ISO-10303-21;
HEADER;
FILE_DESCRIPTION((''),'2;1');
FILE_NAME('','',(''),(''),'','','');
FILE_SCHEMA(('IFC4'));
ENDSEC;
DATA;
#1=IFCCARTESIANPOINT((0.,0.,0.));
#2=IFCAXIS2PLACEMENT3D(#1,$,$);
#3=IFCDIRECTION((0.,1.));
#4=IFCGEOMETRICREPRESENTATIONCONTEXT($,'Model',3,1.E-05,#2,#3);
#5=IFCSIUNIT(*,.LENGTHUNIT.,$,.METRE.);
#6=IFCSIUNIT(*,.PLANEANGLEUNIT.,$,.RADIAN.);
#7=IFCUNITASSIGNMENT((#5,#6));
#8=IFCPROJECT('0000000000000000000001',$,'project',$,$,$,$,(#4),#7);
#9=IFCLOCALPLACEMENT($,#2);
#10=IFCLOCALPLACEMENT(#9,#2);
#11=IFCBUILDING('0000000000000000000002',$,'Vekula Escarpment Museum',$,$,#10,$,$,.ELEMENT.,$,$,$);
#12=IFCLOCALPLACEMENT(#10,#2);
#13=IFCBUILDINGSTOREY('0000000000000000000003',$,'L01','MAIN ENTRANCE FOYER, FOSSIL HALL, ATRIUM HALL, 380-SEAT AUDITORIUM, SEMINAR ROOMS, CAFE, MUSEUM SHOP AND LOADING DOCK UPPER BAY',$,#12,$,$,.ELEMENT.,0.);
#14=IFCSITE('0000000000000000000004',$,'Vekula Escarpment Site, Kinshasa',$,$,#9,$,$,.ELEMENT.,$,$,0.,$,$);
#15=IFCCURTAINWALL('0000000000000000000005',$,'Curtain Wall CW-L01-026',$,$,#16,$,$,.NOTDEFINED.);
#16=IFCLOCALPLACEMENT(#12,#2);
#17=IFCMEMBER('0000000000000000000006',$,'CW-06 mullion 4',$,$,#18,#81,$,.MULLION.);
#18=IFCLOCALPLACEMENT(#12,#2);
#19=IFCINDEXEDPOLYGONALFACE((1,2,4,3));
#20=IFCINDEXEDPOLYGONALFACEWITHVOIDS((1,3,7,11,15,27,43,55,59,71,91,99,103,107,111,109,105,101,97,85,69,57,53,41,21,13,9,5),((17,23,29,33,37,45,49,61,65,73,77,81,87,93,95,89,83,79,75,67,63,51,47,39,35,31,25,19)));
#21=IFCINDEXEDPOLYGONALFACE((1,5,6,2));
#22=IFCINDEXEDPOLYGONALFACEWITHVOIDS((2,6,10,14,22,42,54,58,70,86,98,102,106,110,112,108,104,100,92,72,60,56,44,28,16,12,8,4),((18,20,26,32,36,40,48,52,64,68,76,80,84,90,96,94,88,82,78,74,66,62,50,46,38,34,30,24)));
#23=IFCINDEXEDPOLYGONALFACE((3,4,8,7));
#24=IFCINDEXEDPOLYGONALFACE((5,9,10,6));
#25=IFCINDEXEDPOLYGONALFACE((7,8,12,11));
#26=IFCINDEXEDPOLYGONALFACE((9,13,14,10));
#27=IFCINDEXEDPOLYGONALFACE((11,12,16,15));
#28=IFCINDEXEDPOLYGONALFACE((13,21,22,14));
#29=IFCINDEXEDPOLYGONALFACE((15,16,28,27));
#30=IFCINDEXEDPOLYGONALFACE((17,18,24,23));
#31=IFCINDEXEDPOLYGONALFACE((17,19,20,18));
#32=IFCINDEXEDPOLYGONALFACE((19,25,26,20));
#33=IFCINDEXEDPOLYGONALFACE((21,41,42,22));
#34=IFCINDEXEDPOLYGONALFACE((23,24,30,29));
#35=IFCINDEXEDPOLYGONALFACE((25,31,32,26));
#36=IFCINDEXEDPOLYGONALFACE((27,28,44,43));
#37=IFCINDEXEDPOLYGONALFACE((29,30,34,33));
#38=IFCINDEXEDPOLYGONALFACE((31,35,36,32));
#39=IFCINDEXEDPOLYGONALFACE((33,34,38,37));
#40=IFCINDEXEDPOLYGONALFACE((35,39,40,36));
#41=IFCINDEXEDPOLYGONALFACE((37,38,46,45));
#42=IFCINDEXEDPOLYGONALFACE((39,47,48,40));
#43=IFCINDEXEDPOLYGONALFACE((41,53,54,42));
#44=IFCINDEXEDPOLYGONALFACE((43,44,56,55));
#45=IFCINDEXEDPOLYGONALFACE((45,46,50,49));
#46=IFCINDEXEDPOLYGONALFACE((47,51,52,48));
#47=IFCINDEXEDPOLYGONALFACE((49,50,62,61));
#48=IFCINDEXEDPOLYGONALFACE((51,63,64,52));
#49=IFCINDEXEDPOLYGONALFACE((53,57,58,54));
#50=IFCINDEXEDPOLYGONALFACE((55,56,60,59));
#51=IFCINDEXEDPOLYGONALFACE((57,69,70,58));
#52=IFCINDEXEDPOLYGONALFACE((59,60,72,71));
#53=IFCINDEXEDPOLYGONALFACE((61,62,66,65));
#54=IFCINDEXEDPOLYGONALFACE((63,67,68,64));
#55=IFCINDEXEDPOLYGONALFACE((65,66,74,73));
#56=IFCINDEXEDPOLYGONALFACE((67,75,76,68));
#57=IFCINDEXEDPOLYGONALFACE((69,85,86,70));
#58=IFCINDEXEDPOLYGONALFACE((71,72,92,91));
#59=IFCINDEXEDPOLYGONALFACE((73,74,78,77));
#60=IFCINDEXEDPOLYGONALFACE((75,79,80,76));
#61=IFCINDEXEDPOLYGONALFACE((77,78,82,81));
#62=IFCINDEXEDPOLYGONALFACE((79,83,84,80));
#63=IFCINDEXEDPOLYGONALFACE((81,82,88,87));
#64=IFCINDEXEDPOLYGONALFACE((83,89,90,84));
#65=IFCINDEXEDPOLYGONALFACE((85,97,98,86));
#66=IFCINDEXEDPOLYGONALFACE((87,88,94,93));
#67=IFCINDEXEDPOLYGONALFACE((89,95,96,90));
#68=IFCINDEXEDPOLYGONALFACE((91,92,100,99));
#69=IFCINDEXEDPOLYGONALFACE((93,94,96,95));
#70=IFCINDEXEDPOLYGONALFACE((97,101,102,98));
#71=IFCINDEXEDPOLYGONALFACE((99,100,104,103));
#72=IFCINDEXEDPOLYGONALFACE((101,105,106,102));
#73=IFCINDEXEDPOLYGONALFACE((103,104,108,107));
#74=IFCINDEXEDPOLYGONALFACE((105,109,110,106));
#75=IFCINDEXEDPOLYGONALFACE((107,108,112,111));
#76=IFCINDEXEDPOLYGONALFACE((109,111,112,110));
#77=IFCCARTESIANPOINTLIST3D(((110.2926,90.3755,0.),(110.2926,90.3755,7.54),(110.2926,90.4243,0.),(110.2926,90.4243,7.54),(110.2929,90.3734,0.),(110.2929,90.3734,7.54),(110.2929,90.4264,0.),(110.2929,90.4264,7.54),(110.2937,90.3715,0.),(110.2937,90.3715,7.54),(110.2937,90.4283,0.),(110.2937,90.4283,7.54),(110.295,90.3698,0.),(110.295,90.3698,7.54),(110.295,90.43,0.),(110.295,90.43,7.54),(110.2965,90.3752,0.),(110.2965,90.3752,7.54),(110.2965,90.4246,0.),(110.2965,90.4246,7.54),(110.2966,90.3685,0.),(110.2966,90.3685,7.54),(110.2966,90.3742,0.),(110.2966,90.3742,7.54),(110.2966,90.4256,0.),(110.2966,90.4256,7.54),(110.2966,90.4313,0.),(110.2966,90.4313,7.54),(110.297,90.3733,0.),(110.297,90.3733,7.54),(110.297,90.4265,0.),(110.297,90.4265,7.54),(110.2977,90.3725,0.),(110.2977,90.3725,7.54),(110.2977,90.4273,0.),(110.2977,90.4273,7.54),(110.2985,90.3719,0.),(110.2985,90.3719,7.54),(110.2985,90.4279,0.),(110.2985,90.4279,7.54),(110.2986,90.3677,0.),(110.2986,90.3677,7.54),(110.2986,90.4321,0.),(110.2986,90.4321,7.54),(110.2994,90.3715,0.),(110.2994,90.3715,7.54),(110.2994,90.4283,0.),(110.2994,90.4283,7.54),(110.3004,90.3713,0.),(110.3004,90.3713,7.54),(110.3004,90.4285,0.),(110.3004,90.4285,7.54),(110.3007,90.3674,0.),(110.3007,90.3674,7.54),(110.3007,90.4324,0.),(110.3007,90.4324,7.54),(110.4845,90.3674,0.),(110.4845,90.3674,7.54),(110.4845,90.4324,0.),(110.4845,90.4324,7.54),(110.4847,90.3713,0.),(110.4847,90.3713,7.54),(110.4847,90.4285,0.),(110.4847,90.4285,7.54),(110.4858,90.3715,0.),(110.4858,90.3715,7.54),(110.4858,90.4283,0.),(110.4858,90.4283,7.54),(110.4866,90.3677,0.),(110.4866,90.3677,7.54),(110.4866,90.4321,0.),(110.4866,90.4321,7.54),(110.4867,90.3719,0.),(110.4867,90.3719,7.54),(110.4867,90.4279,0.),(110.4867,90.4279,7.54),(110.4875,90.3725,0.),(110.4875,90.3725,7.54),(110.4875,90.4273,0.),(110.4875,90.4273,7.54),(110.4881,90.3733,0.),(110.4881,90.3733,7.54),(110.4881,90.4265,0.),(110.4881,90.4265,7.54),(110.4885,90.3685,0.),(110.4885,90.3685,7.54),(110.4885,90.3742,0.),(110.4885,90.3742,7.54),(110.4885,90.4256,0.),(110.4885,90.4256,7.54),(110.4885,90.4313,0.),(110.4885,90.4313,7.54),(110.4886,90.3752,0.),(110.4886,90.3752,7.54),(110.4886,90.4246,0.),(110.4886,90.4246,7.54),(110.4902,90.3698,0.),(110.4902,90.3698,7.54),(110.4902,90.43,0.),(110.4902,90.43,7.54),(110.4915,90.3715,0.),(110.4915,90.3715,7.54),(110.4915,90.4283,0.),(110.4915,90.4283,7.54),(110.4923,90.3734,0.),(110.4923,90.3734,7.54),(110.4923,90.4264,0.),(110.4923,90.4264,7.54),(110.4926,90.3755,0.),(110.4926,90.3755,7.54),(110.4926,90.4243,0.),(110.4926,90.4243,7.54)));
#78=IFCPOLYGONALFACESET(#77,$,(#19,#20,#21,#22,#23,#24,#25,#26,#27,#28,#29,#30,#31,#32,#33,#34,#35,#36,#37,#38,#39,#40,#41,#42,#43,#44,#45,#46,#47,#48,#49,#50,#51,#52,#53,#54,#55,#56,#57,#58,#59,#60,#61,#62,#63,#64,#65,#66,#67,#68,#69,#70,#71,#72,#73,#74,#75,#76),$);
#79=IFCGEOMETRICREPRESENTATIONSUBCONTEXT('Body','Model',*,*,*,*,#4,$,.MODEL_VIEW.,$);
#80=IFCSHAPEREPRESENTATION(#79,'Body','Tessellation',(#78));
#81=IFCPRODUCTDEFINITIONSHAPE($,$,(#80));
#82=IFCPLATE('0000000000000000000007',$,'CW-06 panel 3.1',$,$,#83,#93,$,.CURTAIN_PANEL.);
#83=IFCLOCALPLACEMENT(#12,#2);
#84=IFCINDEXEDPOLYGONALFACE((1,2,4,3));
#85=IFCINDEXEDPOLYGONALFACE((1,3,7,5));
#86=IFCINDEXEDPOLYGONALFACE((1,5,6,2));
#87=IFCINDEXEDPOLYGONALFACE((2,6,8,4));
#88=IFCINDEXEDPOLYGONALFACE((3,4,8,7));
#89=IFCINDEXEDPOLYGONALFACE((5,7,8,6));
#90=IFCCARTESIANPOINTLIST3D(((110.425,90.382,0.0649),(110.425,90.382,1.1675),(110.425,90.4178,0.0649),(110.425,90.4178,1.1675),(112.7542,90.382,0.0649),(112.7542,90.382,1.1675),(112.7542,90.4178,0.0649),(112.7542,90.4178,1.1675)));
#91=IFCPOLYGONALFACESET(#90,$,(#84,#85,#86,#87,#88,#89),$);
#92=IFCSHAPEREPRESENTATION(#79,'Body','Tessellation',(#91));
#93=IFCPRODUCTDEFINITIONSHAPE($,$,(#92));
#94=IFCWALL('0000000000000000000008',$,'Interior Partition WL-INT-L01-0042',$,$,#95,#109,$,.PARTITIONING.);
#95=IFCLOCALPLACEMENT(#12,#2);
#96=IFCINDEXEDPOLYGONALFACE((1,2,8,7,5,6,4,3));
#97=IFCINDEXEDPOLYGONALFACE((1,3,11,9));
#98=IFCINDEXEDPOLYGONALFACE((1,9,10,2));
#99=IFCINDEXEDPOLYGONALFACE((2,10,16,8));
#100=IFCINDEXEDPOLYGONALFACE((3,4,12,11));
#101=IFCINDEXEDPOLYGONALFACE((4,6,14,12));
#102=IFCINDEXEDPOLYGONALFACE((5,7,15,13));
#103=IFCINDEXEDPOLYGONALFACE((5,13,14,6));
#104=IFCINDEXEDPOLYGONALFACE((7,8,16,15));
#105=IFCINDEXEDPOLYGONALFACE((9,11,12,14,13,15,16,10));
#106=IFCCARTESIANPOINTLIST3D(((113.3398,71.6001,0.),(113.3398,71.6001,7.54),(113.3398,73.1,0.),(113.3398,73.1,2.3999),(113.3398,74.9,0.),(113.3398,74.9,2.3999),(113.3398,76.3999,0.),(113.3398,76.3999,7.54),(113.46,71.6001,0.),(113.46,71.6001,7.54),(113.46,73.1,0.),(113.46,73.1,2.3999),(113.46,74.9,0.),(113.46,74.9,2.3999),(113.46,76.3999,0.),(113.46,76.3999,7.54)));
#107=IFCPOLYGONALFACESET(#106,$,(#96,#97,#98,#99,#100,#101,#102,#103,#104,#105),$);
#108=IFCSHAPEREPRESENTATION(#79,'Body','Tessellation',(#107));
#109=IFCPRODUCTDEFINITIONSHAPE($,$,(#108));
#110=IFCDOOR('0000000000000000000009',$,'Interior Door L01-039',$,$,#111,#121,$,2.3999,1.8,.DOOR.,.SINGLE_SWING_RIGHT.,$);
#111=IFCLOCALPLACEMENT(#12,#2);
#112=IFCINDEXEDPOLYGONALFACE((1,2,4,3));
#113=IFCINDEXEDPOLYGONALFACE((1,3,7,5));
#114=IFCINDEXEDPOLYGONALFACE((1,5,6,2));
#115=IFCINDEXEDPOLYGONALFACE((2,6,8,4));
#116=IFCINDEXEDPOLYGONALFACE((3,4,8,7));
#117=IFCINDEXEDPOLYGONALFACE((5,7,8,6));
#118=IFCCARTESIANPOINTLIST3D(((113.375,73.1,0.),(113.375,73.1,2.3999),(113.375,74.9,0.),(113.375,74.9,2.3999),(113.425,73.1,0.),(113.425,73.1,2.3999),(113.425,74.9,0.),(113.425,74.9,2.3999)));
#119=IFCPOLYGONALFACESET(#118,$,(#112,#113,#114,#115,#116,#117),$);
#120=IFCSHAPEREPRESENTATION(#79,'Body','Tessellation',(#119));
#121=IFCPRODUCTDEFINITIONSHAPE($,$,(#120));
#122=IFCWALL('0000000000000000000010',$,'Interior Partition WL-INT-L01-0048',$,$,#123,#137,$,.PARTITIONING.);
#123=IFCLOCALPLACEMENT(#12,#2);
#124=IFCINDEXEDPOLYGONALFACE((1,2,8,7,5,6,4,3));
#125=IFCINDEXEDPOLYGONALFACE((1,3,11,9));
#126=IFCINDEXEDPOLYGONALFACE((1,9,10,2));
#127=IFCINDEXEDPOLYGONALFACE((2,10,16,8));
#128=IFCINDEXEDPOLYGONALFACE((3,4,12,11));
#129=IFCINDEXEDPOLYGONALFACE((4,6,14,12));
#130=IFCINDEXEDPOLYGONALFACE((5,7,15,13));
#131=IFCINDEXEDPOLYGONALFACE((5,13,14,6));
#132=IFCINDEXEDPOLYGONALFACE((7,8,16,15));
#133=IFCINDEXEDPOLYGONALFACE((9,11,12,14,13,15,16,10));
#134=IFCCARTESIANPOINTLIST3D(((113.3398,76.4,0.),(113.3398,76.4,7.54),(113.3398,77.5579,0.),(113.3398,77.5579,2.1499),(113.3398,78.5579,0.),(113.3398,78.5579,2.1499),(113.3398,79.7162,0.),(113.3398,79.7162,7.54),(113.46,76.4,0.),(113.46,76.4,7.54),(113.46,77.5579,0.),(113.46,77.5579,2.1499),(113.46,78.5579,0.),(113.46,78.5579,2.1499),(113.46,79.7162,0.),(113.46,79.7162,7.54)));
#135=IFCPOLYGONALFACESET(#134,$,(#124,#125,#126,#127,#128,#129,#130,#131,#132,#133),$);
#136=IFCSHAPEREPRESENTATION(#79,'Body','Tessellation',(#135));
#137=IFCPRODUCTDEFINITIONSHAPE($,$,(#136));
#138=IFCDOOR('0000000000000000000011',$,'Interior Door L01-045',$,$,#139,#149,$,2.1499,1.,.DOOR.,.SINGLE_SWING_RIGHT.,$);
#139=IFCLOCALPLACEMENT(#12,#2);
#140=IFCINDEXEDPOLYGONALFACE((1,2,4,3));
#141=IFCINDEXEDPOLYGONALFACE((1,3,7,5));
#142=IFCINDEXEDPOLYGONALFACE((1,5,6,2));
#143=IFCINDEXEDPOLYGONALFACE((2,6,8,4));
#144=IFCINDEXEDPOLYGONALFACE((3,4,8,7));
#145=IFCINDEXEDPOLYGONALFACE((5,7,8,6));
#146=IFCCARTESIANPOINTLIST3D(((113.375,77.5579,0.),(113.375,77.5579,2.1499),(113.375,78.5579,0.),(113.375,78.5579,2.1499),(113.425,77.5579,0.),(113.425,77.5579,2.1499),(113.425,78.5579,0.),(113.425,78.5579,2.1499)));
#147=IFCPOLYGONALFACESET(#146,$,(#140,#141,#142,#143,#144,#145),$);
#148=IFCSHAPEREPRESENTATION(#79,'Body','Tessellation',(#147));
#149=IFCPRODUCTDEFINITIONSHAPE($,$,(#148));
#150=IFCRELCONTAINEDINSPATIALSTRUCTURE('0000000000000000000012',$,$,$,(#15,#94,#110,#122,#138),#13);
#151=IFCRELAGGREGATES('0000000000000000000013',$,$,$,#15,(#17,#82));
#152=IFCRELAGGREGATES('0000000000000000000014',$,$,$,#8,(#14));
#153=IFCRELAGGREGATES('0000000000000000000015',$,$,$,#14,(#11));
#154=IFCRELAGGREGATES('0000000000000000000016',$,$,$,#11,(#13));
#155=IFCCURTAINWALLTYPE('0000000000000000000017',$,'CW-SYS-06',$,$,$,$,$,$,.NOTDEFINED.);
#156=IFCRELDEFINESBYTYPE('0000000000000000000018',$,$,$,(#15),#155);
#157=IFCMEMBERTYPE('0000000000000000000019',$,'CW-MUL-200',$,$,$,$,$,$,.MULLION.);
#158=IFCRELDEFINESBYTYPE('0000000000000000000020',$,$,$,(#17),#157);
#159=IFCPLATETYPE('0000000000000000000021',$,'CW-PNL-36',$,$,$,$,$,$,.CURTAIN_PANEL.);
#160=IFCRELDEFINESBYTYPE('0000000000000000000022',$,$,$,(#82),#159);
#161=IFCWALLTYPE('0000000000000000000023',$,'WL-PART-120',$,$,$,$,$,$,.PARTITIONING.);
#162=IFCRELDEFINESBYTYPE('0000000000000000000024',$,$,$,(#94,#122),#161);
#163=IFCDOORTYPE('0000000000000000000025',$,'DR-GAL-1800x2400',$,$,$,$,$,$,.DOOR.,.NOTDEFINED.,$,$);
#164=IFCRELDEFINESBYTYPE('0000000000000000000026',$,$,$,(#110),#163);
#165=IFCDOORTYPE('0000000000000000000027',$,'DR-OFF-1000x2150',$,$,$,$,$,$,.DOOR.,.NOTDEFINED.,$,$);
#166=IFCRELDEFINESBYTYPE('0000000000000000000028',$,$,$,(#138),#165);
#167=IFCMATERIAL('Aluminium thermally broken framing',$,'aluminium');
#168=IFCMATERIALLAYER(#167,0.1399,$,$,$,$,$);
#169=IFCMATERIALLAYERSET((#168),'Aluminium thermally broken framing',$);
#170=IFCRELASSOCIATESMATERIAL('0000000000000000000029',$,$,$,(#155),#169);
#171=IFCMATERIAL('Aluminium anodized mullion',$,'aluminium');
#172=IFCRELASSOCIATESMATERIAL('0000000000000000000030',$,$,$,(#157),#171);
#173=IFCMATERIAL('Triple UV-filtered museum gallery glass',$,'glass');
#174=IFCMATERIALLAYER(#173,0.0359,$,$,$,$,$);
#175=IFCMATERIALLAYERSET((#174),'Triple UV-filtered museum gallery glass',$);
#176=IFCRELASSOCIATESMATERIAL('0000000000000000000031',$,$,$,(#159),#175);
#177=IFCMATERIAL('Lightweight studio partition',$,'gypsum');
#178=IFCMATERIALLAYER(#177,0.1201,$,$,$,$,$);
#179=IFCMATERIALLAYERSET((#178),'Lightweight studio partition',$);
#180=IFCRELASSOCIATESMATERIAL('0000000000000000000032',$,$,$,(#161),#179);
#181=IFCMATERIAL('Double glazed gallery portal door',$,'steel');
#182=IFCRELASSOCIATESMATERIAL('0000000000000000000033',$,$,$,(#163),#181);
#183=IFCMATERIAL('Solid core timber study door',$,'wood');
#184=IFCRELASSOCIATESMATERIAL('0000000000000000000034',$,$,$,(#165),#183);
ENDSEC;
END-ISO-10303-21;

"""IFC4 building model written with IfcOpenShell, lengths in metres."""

from ifc_helpers import new_model, si_unit, direction, frame, frame_2d, origin, origin_2d, place, context, subcontext, project, spatial, rectangle, hollow_rectangle, extrude, material, layer, layer_set, material_profile, profile_set, type_object, element, fill, aggregate, save


model = new_model("IFC4")

# Units and contexts
model_context = context("Model", 3, precision=1e-05, world=origin(), true_north=direction((0.0, 1.0)))
body_context = subcontext(model_context, "Body", "Model", "MODEL_VIEW")
ifc_project = project(units=[si_unit("LENGTHUNIT", "METRE"), si_unit("PLANEANGLEUNIT", "RADIAN")], contexts=[model_context])

# Site, building, storey
site_placement = place(None, origin())
site = spatial("IfcSite", under=ifc_project, at=site_placement, Name="Vekula Escarpment Site, Kinshasa", CompositionType="ELEMENT", RefElevation=0.0)
building_placement = place(site_placement, origin())
building = spatial("IfcBuilding", under=site, at=building_placement, Name="Vekula Escarpment Museum", CompositionType="ELEMENT")
storey_placement = place(building_placement, origin())
storey = spatial("IfcBuildingStorey", under=building, at=storey_placement, Name="L01", Description="MAIN ENTRANCE FOYER, FOSSIL HALL, ATRIUM HALL, 380-SEAT AUDITORIUM, SEMINAR ROOMS, CAFE, MUSEUM SHOP AND LOADING DOCK UPPER BAY", CompositionType="ELEMENT", Elevation=0.0)

# Curtain wall, member, plate
ifc_material_1 = material(Name="Aluminium thermally broken framing", Category="aluminium")
ifc_layer_1 = layer(ifc_material_1, 0.1399)
ifc_layer_set_1 = layer_set([ifc_layer_1], Name="Aluminium thermally broken framing")
curtain_wall_type = type_object("IfcCurtainWallType", Name="CW-SYS-06", PredefinedType="NOTDEFINED", material=ifc_layer_set_1)
curtain_wall_placement = place(storey_placement, origin())
curtain_wall = element("IfcCurtainWall", 1, at=curtain_wall_placement, inside=storey, type_object=curtain_wall_type, Name="Curtain Wall CW-L01-026", PredefinedType="NOTDEFINED")
ifc_material_2 = material(Name="Aluminium anodized mullion", Category="aluminium")
ifc_material_profile_1 = material_profile(ifc_material_2, hollow_rectangle(XDim=0.0649, YDim=0.2, WallThickness=0.0039, InnerFilletRadius=0.0039, OuterFilletRadius=0.0081, at=origin_2d()), Name="ALU 200x65x4")
ifc_profile_set_1 = profile_set([ifc_material_profile_1], Name="Aluminium anodized mullion")
member_type = type_object("IfcMemberType", Name="CW-MUL-200", PredefinedType="MULLION", material=ifc_profile_set_1)
member_placement = place(storey_placement, frame((110.3926, 90.3999, 0.0), z_axis=(0.0, 0.0, 1.0), x_axis=(0.0, -1.0, 0.0)))
member = element("IfcMember", 2, at=member_placement, type_object=member_type, Name="CW-06 mullion 4", PredefinedType="MULLION", context=body_context, shape_type="SweptSolid", body=[
    extrude(hollow_rectangle(XDim=0.0649, YDim=0.2, WallThickness=0.0039, InnerFilletRadius=0.0039, OuterFilletRadius=0.0081, at=origin_2d()), origin(), (0.0, 0.0, 1.0), 7.54),
])
ifc_material_3 = material(Name="Triple UV-filtered museum gallery glass", Category="glass")
ifc_layer_2 = layer(ifc_material_3, 0.0359)
ifc_layer_set_2 = layer_set([ifc_layer_2], Name="Triple UV-filtered museum gallery glass")
plate_type = type_object("IfcPlateType", Name="CW-PNL-36", PredefinedType="CURTAIN_PANEL", material=ifc_layer_set_2)
plate_placement = place(storey_placement, frame((111.5896, 90.3999, 0.0649), z_axis=(0.0, 0.0, 1.0), x_axis=(-1.0, 0.0, 0.0)))
plate = element("IfcPlate", 3, at=plate_placement, type_object=plate_type, Name="CW-06 panel 3.1", PredefinedType="CURTAIN_PANEL", context=body_context, shape_type="SweptSolid", body=[
    extrude(rectangle(XDim=2.3291, YDim=0.0359, at=origin_2d()), origin(), (0.0, 0.0, 1.0), 1.1025),
])
aggregate(curtain_wall, [member, plate])

# Walls, openings, doors
ifc_material_4 = material(Name="Lightweight studio partition", Category="gypsum")
ifc_layer_3 = layer(ifc_material_4, 0.1201)
ifc_layer_set_3 = layer_set([ifc_layer_3], Name="Lightweight studio partition")
wall_type_1 = type_object("IfcWallType", Name="WL-PART-120", PredefinedType="PARTITIONING", material=ifc_layer_set_3)
wall_1_placement = place(storey_placement, frame((113.3999, 71.6001, 0.0), z_axis=(0.0, 0.0, 1.0), x_axis=(0.0, 1.0, 0.0)))
wall_1 = element("IfcWall", 4, at=wall_1_placement, inside=storey, type_object=wall_type_1, Name="Interior Partition WL-INT-L01-0042", PredefinedType="PARTITIONING", context=body_context, shape_type="SweptSolid", body=[
    extrude(rectangle(XDim=4.7998, YDim=0.1201, at=frame_2d((2.3999, 0.0))), origin(), (0.0, 0.0, 1.0), 7.54),
])
opening_1_placement = place(wall_1_placement, frame((1.5, 0.0, 0.0)))
opening_1 = element("IfcOpeningElement", 5, at=opening_1_placement, cuts=wall_1, PredefinedType="OPENING", context=body_context, shape_type="SweptSolid", body=[
    extrude(rectangle(XDim=1.8, YDim=2.3999, at=frame_2d((0.8999, 1.2))), frame((0.0, 0.0701, 0.0), z_axis=(0.0, -1.0, 0.0), x_axis=(1.0, 0.0, 0.0)), (0.0, 0.0, 1.0), 0.1401),
])
ifc_material_5 = material(Name="Double glazed gallery portal door", Category="steel")
door_type_1 = type_object("IfcDoorType", Name="DR-GAL-1800x2400", OperationType="NOTDEFINED", PredefinedType="DOOR", material=ifc_material_5)
door_1_placement = place(opening_1_placement, origin())
door_1 = element("IfcDoor", 6, at=door_1_placement, inside=storey, type_object=door_type_1, Name="Interior Door L01-039", OperationType="SINGLE_SWING_RIGHT", OverallHeight=2.3999, OverallWidth=1.8, PredefinedType="DOOR", context=body_context, shape_type="SweptSolid", body=[
    extrude(rectangle(XDim=1.8, YDim=2.3999, at=frame_2d((0.8999, 1.2))), frame((0.0, 0.0249, 0.0), z_axis=(0.0, -1.0, 0.0), x_axis=(1.0, 0.0, 0.0)), (0.0, 0.0, 1.0), 0.05),
])
fill(opening_1, door_1)
wall_2_placement = place(storey_placement, frame((113.3999, 76.3999, 0.0), z_axis=(0.0, 0.0, 1.0), x_axis=(0.0, 1.0, 0.0)))
wall_2 = element("IfcWall", 7, at=wall_2_placement, inside=storey, type_object=wall_type_1, Name="Interior Partition WL-INT-L01-0048", PredefinedType="PARTITIONING", context=body_context, shape_type="SweptSolid", body=[
    extrude(rectangle(XDim=3.3162, YDim=0.1201, at=frame_2d((1.6582, 0.0))), origin(), (0.0, 0.0, 1.0), 7.54),
])
opening_2_placement = place(wall_2_placement, frame((1.158, 0.0, 0.0)))
opening_2 = element("IfcOpeningElement", 8, at=opening_2_placement, cuts=wall_2, PredefinedType="OPENING", context=body_context, shape_type="SweptSolid", body=[
    extrude(rectangle(XDim=1.0, YDim=2.1499, at=frame_2d((0.5, 1.075))), frame((0.0, 0.0701, 0.0), z_axis=(0.0, -1.0, 0.0), x_axis=(1.0, 0.0, 0.0)), (0.0, 0.0, 1.0), 0.1401),
])
ifc_material_6 = material(Name="Solid core timber study door", Category="wood")
door_type_2 = type_object("IfcDoorType", Name="DR-OFF-1000x2150", OperationType="NOTDEFINED", PredefinedType="DOOR", material=ifc_material_6)
door_2_placement = place(opening_2_placement, origin())
door_2 = element("IfcDoor", 9, at=door_2_placement, inside=storey, type_object=door_type_2, Name="Interior Door L01-045", OperationType="SINGLE_SWING_RIGHT", OverallHeight=2.1499, OverallWidth=1.0, PredefinedType="DOOR", context=body_context, shape_type="SweptSolid", body=[
    extrude(rectangle(XDim=1.0, YDim=2.1499, at=frame_2d((0.5, 1.075))), frame((0.0, 0.0249, 0.0), z_axis=(0.0, -1.0, 0.0), x_axis=(1.0, 0.0, 0.0)), (0.0, 0.0, 1.0), 0.05),
])
fill(opening_2, door_2)

save(model, "model.ifc")
